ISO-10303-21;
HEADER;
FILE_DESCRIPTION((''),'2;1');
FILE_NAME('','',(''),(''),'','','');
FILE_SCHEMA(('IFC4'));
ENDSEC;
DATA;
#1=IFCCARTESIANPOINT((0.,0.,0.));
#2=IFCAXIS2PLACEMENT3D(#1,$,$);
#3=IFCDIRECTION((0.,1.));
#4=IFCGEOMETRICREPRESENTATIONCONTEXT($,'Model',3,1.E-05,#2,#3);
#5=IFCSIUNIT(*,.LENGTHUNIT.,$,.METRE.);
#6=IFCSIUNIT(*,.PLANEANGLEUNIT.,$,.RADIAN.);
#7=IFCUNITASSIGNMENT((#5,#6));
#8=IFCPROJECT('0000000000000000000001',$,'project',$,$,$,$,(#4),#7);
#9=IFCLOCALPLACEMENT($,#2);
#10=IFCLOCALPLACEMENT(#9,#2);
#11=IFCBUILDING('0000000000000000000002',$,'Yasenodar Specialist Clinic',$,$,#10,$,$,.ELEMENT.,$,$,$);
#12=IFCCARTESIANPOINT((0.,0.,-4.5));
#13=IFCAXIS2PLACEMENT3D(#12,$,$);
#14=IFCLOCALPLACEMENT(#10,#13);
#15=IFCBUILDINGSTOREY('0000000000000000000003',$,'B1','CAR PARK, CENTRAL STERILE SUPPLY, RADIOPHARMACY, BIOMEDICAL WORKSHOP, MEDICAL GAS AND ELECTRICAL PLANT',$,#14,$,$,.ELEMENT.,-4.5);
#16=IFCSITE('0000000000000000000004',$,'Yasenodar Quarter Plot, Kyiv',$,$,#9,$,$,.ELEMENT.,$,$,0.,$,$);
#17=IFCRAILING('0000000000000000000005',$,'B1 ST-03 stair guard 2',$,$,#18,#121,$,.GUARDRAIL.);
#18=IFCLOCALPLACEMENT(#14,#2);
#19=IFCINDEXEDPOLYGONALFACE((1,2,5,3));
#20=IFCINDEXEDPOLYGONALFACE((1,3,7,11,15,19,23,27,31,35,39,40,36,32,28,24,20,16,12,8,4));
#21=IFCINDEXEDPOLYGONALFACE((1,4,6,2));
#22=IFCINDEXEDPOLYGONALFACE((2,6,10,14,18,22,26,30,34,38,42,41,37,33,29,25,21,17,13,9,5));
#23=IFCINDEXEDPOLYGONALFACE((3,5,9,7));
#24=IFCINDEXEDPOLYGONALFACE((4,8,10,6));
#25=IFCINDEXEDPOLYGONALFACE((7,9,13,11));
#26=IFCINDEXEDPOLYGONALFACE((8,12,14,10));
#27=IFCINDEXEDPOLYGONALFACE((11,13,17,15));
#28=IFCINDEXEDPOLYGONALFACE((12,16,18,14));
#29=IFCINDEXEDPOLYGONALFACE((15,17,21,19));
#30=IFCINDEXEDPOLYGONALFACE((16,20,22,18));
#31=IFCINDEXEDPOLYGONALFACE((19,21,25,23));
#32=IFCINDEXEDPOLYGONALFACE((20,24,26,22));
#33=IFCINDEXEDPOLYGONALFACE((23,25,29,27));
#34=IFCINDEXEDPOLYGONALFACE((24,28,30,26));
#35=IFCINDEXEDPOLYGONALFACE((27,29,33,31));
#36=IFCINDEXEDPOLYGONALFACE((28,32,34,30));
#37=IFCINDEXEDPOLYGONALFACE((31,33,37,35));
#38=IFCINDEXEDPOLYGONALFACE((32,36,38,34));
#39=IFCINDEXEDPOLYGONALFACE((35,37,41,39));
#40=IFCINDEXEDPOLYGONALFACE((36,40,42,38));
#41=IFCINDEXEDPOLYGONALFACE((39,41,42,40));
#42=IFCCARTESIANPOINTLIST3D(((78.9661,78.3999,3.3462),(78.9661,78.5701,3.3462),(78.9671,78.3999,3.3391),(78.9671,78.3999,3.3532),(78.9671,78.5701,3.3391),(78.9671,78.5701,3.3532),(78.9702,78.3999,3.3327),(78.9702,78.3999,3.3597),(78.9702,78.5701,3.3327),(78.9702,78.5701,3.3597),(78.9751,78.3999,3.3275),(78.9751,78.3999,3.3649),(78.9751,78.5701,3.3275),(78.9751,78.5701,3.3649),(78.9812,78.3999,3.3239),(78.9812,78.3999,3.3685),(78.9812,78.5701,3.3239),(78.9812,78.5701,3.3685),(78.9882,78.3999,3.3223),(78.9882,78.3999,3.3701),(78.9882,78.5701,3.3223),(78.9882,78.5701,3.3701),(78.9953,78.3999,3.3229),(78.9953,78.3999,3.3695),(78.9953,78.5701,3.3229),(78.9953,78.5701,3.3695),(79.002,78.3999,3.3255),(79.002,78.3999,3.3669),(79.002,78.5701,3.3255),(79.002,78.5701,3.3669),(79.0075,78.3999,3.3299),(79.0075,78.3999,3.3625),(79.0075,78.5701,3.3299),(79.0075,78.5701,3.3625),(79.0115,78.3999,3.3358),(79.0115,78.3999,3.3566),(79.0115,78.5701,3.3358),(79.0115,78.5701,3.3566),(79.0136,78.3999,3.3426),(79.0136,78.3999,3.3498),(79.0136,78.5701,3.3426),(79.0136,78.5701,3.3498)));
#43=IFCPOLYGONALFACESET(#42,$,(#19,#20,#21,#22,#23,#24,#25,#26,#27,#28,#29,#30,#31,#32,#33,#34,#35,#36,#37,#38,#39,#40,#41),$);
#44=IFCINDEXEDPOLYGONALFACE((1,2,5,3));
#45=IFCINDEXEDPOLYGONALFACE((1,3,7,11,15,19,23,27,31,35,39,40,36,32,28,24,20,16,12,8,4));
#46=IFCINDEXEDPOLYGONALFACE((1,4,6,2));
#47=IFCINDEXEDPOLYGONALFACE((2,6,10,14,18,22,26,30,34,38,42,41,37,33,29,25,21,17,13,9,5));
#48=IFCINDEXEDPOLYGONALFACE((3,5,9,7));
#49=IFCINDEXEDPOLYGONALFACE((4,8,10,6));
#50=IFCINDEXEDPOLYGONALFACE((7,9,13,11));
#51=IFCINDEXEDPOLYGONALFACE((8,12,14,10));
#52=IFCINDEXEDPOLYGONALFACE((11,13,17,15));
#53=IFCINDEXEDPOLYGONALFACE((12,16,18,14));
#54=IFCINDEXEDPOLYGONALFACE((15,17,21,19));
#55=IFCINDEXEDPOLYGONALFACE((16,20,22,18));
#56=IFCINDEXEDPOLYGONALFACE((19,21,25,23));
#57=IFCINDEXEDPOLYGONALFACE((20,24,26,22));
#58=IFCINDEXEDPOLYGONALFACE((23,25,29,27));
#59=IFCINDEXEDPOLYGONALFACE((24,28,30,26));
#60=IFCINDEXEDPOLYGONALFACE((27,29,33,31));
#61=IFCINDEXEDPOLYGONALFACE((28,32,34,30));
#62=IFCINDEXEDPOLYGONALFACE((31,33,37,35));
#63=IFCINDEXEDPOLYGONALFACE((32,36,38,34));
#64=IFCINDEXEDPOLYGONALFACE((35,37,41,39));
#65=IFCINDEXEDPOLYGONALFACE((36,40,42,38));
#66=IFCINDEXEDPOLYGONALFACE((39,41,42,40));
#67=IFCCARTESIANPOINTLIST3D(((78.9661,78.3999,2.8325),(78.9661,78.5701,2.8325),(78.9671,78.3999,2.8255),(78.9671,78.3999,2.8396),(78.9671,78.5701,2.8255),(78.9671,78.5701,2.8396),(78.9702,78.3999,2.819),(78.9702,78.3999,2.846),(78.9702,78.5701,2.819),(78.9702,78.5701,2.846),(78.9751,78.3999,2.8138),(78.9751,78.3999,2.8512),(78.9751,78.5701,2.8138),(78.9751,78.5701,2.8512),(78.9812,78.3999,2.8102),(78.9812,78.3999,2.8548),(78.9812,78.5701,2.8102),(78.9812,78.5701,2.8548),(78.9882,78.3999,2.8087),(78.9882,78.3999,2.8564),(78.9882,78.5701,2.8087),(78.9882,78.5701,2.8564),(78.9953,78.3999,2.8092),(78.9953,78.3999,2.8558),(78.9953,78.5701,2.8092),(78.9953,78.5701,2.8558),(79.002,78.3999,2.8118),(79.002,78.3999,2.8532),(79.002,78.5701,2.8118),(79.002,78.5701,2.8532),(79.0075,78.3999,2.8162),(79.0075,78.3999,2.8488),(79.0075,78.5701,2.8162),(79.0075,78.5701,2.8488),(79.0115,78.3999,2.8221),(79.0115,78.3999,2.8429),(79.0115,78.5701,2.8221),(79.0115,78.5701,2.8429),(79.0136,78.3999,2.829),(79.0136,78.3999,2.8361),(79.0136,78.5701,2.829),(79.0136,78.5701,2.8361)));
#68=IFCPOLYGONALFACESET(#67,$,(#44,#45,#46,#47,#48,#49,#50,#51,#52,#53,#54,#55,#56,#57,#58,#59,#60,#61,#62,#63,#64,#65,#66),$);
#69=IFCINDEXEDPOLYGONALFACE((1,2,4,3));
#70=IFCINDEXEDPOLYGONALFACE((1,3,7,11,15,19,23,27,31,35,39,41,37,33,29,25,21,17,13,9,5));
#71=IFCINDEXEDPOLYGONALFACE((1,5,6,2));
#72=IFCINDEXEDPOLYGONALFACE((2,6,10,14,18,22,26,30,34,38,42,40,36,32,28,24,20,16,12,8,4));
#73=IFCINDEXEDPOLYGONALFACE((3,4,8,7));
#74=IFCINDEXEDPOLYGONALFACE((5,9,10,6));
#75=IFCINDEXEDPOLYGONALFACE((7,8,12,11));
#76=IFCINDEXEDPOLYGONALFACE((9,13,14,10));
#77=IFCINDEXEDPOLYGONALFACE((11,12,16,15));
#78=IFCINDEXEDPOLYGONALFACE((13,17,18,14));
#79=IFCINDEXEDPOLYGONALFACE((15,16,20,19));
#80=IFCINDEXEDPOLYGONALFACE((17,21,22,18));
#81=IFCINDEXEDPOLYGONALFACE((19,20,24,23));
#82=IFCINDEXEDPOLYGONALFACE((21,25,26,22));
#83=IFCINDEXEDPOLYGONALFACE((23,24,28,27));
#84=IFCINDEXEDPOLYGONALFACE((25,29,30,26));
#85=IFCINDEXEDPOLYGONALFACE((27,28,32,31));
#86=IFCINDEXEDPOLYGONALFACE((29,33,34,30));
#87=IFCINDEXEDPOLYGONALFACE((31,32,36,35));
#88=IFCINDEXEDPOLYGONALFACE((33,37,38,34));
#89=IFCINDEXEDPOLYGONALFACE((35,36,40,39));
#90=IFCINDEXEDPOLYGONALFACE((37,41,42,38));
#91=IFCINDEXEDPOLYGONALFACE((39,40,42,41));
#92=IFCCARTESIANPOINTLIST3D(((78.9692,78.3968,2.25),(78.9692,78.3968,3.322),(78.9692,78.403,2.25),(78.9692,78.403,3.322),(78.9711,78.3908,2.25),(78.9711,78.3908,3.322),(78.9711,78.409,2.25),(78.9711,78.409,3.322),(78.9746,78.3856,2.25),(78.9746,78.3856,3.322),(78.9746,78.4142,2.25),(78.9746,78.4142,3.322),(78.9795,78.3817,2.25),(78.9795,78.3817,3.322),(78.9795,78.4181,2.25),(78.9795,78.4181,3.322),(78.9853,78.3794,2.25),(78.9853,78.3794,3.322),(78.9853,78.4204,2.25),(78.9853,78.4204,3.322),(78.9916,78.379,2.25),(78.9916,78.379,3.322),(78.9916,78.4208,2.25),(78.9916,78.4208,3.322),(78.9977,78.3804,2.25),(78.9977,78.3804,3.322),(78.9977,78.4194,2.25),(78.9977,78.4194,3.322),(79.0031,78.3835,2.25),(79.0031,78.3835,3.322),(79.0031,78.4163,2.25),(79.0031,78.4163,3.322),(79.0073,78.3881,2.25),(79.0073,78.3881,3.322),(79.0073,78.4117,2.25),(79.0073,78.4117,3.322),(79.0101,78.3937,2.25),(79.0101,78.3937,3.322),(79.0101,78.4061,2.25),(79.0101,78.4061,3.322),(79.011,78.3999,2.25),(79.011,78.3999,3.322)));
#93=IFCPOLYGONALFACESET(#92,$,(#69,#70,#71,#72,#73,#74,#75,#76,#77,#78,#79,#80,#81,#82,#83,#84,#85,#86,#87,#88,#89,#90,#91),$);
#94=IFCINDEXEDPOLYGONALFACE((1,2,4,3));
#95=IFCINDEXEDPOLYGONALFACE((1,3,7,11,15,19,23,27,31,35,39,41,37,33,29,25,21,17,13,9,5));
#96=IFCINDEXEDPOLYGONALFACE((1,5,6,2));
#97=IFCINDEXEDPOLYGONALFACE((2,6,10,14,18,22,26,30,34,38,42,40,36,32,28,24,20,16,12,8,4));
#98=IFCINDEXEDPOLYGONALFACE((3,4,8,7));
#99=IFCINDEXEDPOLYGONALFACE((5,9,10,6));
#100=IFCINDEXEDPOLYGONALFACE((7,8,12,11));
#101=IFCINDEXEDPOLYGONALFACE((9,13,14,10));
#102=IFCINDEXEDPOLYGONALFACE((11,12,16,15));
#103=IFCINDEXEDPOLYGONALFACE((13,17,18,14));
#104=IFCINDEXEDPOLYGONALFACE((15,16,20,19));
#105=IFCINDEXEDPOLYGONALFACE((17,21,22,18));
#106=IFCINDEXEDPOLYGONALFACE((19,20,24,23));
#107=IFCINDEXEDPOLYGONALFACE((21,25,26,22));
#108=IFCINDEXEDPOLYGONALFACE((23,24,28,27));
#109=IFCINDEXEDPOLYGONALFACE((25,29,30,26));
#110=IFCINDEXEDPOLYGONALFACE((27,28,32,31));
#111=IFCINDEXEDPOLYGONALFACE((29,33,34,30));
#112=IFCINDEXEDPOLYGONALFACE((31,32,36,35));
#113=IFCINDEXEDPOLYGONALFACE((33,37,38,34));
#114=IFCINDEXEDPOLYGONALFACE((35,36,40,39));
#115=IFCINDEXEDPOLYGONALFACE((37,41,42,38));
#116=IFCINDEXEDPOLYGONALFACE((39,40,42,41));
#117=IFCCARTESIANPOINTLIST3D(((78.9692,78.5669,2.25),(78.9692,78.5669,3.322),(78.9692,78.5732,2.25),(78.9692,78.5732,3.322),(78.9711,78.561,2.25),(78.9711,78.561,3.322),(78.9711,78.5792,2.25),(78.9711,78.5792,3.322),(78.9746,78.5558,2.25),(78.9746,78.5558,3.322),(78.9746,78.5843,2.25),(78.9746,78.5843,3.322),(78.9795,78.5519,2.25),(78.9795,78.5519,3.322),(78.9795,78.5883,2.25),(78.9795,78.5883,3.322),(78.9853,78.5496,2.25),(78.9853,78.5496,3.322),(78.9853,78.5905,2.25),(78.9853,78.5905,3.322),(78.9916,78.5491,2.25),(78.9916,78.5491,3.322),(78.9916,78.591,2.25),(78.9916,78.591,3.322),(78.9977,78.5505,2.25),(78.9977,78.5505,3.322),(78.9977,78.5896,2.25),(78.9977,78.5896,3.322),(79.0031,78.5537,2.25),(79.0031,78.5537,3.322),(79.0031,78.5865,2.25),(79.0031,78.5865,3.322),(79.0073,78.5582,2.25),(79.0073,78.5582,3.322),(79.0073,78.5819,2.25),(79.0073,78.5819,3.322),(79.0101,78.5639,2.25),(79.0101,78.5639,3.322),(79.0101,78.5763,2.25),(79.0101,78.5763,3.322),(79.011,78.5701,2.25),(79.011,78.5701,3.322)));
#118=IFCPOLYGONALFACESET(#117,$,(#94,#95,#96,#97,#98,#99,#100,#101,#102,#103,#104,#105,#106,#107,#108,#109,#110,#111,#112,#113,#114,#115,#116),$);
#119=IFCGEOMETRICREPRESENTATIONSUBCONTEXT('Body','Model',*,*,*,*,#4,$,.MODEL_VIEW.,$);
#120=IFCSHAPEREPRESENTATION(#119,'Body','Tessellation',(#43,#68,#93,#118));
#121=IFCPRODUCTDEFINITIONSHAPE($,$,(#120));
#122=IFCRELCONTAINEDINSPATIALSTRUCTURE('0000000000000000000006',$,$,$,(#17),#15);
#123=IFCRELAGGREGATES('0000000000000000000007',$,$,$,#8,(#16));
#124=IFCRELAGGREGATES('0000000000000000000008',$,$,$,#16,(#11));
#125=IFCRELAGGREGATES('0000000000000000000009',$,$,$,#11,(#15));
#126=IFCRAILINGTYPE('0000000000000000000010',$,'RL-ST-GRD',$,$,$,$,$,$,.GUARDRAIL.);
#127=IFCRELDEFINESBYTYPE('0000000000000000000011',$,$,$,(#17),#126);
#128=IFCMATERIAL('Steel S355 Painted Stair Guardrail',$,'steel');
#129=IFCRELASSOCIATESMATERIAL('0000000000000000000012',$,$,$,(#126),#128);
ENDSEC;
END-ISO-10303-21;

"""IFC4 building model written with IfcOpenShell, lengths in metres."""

from ifc_helpers import new_model, si_unit, direction, frame, origin, origin_2d, place, context, subcontext, project, spatial, circle, extrude, material, type_object, element, save


model = new_model("IFC4")

# Units and contexts
model_context = context("Model", 3, precision=1e-05, world=origin(), true_north=direction((0.0, 1.0)))
body_context = subcontext(model_context, "Body", "Model", "MODEL_VIEW")
ifc_project = project(units=[si_unit("LENGTHUNIT", "METRE"), si_unit("PLANEANGLEUNIT", "RADIAN")], contexts=[model_context])

# Site, building, storey
site_placement = place(None, origin())
site = spatial("IfcSite", under=ifc_project, at=site_placement, Name="Yasenodar Quarter Plot, Kyiv", CompositionType="ELEMENT", RefElevation=0.0)
building_placement = place(site_placement, origin())
building = spatial("IfcBuilding", under=site, at=building_placement, Name="Yasenodar Specialist Clinic", CompositionType="ELEMENT")
storey_placement = place(building_placement, frame((0.0, 0.0, -4.5)))
storey = spatial("IfcBuildingStorey", under=building, at=storey_placement, Name="B1", Description="CAR PARK, CENTRAL STERILE SUPPLY, RADIOPHARMACY, BIOMEDICAL WORKSHOP, MEDICAL GAS AND ELECTRICAL PLANT", CompositionType="ELEMENT", Elevation=-4.5)

# Railing
ifc_material_1 = material(Name="Steel S355 Painted Stair Guardrail", Category="steel")
railing_type_1 = type_object("IfcRailingType", Name="RL-ST-GRD", PredefinedType="GUARDRAIL", material=ifc_material_1)
railing_1_placement = place(storey_placement, frame((78.99, 78.3999, 2.25)))
element("IfcRailing", 1, at=railing_1_placement, inside=storey, type_object=railing_type_1, Name="B1 ST-03 stair guard 2", PredefinedType="GUARDRAIL", context=body_context, shape_type="SweptSolid", body=[
    extrude(circle(Radius=0.0239, at=origin_2d()), frame((0.0, 0.0, 1.0962), z_axis=(0.0, 1.0, 0.0), x_axis=(-1.0, 0.0, 0.0)), (0.0, 0.0, 1.0), 0.1702),
    extrude(circle(Radius=0.0239, at=origin_2d()), frame((0.0, 0.0, 0.5825), z_axis=(0.0, 1.0, 0.0), x_axis=(-1.0, 0.0, 0.0)), (0.0, 0.0, 1.0), 0.1702),
    extrude(circle(Radius=0.021, at=origin_2d()), origin(), (0.0, 0.0, 1.0), 1.072),
    extrude(circle(Radius=0.021, at=origin_2d()), frame((0.0, 0.1702, 0.0)), (0.0, 0.0, 1.0), 1.072),
])

save(model, "model.ifc")
